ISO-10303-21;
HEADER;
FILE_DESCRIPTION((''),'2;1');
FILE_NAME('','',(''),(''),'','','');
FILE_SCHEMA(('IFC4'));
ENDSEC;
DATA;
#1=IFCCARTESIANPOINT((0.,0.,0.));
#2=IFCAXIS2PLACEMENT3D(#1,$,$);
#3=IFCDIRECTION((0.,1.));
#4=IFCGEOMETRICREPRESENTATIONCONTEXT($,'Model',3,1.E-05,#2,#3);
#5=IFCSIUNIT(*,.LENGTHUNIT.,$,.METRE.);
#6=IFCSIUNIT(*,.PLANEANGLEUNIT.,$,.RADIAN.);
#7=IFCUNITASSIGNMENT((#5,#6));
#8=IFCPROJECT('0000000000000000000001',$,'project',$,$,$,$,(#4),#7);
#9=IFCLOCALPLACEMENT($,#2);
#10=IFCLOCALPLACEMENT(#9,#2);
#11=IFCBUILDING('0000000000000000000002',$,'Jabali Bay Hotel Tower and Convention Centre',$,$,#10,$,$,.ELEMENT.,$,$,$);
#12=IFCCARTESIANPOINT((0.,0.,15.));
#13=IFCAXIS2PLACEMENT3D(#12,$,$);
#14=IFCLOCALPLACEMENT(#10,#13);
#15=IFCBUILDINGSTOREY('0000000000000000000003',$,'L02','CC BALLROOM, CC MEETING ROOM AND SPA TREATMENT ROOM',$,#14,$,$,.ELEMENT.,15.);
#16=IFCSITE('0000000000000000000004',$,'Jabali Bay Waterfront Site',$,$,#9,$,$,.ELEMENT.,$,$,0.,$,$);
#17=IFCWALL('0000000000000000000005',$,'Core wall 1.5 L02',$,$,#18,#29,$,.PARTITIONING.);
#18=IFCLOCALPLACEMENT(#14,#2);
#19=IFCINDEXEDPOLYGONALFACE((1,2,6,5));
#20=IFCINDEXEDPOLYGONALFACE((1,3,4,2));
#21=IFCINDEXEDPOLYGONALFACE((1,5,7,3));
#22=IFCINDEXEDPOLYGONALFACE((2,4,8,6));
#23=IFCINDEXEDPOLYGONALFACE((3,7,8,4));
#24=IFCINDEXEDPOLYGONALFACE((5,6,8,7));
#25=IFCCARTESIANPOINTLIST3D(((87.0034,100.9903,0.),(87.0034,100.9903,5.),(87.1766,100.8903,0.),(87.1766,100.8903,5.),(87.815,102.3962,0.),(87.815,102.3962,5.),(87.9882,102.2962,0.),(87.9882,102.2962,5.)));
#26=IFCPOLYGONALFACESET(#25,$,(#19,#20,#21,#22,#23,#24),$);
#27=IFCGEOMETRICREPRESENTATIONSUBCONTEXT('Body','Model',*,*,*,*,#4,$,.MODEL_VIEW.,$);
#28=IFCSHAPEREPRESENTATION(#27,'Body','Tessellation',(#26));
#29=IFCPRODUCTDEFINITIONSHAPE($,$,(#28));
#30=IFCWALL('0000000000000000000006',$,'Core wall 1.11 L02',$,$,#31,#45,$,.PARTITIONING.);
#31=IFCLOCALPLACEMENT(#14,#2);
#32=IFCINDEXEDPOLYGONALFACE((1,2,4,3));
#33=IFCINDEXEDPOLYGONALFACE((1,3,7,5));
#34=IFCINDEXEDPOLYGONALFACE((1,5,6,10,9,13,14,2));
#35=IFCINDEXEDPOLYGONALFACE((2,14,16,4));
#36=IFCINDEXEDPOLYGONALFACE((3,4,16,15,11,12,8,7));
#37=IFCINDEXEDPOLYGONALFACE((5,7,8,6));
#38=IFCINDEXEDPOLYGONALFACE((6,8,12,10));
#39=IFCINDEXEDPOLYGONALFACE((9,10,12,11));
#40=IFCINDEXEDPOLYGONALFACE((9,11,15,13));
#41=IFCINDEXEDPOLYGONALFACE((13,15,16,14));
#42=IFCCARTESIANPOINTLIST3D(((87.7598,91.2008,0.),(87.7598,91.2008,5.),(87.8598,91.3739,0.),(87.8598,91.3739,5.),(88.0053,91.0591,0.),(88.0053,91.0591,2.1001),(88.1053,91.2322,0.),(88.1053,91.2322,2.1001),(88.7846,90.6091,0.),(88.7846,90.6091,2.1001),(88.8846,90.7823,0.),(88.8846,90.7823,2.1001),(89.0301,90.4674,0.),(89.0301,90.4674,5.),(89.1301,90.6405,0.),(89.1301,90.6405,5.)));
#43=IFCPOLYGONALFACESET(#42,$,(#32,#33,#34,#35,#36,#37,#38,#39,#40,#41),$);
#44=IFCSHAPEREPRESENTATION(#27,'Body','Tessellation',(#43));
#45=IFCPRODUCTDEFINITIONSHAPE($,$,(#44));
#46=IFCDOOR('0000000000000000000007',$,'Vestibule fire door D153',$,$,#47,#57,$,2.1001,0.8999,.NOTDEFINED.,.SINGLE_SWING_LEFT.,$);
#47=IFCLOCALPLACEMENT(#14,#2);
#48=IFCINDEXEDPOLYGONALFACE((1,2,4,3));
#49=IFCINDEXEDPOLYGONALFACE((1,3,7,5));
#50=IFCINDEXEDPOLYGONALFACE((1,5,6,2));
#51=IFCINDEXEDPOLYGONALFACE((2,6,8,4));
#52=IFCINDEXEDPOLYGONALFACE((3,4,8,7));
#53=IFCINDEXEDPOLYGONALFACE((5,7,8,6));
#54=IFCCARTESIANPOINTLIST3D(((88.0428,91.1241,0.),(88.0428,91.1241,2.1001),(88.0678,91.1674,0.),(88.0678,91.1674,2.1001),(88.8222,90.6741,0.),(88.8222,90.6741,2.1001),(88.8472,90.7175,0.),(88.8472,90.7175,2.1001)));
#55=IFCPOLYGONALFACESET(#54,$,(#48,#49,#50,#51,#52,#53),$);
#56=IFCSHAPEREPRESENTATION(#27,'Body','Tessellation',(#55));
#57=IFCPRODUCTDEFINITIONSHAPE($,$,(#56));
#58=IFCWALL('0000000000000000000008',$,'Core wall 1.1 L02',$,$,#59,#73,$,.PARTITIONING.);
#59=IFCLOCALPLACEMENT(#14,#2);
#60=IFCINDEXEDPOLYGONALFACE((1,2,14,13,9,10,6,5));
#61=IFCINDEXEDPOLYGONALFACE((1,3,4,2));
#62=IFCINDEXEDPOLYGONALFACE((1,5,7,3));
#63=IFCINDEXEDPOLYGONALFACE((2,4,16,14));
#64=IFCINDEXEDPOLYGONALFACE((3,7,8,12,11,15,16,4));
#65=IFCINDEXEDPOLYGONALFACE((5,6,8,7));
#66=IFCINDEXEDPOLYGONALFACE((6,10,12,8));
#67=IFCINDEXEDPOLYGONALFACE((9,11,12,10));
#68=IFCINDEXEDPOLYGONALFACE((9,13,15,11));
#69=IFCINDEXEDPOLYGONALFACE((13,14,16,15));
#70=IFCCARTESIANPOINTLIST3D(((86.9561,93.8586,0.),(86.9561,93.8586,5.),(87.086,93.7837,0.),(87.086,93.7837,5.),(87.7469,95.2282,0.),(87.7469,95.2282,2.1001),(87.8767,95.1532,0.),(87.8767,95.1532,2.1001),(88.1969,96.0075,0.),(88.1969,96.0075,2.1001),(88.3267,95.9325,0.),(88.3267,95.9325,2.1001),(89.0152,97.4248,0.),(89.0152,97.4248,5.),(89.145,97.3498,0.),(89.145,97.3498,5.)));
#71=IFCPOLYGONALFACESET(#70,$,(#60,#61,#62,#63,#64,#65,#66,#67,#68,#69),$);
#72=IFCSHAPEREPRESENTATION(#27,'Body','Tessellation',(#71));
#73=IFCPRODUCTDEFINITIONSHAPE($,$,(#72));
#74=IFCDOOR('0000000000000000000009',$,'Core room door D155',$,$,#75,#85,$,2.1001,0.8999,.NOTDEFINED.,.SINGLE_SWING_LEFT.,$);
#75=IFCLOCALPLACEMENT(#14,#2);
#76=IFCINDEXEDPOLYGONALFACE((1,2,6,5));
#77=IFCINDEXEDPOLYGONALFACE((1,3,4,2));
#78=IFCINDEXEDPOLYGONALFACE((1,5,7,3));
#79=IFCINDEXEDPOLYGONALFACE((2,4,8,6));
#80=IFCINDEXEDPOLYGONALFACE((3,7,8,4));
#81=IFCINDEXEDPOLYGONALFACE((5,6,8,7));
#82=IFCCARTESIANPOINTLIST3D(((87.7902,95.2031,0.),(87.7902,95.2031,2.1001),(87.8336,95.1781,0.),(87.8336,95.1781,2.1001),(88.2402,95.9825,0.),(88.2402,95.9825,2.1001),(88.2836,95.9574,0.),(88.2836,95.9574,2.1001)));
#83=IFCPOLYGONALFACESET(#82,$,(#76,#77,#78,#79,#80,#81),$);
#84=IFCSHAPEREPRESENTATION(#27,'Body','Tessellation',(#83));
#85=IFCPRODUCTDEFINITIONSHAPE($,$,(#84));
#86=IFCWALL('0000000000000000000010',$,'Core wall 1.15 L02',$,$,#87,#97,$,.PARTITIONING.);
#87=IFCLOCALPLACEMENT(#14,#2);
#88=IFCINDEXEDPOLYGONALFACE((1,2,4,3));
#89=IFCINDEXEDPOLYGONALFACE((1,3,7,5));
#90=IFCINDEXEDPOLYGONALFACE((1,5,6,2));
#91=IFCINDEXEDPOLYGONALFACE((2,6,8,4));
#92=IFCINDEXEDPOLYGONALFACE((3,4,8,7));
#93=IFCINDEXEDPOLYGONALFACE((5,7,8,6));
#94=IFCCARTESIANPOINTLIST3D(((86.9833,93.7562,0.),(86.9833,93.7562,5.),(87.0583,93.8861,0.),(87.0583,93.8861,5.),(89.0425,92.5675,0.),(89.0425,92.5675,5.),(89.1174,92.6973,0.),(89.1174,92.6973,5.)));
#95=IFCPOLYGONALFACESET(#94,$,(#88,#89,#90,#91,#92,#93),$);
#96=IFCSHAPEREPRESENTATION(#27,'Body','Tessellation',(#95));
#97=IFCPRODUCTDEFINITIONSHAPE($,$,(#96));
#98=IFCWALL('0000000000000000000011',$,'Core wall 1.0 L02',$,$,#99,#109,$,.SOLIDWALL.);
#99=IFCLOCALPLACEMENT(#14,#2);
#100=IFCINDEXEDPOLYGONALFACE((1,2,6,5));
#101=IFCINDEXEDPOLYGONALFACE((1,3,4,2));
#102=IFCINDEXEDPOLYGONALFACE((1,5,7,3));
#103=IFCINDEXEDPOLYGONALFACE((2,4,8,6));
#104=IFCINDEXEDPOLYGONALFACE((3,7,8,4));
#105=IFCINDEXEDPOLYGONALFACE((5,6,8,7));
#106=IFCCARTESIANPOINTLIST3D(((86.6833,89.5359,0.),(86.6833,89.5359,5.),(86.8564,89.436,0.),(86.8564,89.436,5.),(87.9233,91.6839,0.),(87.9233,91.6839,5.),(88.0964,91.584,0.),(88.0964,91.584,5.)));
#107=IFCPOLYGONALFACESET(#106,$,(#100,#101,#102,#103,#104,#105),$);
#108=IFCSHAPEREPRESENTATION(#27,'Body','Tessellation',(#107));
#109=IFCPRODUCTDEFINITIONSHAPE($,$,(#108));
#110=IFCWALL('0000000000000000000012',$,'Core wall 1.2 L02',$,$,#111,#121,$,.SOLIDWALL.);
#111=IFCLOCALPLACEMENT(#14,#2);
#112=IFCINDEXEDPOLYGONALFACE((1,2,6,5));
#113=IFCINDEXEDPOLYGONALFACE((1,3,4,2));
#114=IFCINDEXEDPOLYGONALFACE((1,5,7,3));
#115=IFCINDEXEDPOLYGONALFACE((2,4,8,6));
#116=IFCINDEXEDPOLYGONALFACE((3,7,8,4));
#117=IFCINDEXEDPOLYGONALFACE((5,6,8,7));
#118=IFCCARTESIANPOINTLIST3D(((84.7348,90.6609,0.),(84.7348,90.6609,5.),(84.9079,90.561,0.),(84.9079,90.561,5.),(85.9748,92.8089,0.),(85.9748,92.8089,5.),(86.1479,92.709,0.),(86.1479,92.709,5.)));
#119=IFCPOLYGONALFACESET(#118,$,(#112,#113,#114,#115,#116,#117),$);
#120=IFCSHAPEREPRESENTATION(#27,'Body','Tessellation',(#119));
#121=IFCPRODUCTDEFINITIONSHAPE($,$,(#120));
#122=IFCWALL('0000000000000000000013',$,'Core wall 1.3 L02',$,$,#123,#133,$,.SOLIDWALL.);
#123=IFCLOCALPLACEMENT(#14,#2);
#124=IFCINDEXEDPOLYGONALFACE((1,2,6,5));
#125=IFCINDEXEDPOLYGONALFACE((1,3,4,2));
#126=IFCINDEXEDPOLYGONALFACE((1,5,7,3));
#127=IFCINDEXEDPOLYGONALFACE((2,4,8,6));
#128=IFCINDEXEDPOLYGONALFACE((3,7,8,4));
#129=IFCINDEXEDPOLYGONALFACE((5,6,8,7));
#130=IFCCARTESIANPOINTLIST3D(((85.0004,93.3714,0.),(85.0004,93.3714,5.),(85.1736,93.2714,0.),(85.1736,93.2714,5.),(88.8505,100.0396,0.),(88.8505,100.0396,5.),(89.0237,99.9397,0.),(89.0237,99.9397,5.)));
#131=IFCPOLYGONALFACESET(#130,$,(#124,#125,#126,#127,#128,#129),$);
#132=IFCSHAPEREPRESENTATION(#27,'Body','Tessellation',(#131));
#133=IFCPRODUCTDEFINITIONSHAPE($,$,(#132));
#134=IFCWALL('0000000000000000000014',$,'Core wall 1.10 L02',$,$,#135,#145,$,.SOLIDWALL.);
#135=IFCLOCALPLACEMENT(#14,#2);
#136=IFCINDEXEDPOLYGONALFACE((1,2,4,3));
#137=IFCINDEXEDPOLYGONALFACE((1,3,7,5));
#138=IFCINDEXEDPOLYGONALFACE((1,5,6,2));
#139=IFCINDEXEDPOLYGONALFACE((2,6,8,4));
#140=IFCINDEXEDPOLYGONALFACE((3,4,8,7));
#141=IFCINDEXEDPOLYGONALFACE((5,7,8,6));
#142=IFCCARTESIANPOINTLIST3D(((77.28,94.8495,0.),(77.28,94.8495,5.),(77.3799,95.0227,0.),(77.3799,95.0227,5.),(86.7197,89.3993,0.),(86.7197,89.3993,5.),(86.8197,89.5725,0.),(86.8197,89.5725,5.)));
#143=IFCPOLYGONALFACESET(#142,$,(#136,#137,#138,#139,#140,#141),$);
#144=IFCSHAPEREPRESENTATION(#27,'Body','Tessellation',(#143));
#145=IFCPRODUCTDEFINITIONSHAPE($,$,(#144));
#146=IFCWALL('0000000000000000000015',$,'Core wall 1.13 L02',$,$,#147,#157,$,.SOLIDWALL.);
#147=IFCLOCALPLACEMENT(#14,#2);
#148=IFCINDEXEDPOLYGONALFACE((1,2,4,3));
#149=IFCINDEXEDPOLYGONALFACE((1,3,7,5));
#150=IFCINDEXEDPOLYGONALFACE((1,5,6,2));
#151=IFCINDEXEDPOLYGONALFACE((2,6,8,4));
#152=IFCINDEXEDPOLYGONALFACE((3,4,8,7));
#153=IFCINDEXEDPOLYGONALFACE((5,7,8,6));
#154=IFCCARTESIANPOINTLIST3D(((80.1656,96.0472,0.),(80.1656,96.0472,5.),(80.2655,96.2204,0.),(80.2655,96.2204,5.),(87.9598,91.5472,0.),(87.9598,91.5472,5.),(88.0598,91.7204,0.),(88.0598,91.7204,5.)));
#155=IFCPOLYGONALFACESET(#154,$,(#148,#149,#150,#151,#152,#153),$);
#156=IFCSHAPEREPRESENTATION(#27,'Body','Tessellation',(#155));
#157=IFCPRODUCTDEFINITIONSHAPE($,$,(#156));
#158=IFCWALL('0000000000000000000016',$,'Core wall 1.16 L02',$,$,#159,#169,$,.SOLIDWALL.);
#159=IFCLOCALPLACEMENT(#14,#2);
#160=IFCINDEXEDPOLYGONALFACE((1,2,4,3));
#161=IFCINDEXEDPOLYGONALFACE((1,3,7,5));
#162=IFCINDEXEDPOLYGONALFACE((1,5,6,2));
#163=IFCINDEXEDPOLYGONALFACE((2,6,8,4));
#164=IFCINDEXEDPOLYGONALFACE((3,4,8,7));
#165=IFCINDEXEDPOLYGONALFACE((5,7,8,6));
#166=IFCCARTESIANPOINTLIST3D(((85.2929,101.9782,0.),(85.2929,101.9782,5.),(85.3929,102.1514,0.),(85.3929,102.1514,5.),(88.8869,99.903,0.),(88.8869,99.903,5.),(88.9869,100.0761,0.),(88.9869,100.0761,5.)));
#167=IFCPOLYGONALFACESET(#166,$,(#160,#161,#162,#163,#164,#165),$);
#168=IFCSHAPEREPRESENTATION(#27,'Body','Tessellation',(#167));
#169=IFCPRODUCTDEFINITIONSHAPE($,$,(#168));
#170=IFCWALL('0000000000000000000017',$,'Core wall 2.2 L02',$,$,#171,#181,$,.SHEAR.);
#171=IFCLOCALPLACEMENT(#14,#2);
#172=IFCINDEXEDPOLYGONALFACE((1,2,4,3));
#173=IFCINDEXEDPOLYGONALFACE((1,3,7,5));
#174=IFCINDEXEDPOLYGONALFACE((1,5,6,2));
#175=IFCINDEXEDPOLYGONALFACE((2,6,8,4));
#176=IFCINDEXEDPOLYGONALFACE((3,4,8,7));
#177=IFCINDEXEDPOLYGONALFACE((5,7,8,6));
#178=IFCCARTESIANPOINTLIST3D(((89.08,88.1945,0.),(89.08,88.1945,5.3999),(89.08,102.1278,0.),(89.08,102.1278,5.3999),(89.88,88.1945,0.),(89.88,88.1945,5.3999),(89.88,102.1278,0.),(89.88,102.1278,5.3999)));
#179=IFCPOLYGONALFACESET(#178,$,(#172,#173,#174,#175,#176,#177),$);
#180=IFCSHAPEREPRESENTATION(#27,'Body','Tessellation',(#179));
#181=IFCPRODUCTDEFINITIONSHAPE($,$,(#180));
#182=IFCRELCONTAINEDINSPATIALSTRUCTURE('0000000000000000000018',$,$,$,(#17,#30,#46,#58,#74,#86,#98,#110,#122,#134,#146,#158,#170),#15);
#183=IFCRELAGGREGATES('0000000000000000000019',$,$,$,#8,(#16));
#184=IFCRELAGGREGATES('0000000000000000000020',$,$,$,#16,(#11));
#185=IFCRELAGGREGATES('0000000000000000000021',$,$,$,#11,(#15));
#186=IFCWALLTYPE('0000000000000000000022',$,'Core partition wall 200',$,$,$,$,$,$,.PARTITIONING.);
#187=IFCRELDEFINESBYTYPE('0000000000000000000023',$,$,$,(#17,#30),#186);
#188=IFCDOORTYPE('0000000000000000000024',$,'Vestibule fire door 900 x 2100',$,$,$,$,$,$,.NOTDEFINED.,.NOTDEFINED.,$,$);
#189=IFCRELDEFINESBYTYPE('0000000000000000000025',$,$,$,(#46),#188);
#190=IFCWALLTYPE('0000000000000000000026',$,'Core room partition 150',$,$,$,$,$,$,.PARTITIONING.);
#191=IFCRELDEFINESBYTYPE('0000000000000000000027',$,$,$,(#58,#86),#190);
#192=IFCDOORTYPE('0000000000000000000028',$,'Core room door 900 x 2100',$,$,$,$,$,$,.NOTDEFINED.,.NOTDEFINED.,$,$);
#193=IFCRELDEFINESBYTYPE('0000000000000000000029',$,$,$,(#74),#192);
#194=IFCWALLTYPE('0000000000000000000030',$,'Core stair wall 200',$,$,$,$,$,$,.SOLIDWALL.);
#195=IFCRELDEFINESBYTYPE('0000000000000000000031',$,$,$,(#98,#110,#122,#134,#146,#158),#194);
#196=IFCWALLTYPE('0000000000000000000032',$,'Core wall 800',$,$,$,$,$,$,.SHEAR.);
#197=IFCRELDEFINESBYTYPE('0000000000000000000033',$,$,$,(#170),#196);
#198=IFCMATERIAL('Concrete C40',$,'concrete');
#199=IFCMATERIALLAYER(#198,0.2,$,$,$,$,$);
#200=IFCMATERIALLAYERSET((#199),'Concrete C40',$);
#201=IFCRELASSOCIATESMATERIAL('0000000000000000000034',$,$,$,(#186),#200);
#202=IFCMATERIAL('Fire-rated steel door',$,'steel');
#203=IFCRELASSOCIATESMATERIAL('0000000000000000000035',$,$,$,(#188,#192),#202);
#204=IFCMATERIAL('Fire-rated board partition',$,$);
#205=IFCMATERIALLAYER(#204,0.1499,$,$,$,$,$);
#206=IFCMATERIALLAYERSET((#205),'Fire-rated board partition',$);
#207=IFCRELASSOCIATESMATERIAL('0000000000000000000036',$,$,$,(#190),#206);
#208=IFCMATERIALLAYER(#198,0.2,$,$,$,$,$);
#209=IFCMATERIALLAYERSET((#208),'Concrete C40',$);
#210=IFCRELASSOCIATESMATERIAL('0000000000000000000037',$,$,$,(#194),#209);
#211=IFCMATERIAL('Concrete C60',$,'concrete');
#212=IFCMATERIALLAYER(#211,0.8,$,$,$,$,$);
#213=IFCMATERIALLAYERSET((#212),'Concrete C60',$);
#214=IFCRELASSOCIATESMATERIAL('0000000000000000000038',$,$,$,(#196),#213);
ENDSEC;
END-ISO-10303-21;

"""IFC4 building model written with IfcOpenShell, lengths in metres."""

from ifc_helpers import new_model, si_unit, direction, frame, frame_2d, origin, place, context, subcontext, project, spatial, rectangle, extrude, material, layer, layer_set, type_object, element, fill, save


model = new_model("IFC4")

# Units and contexts
model_context = context("Model", 3, precision=1e-05, world=origin(), true_north=direction((0.0, 1.0)))
body_context = subcontext(model_context, "Body", "Model", "MODEL_VIEW")
ifc_project = project(units=[si_unit("LENGTHUNIT", "METRE"), si_unit("PLANEANGLEUNIT", "RADIAN")], contexts=[model_context])

# Site, building, storey
site_placement = place(None, origin())
site = spatial("IfcSite", under=ifc_project, at=site_placement, Name="Jabali Bay Waterfront Site", CompositionType="ELEMENT", RefElevation=0.0)
building_placement = place(site_placement, origin())
building = spatial("IfcBuilding", under=site, at=building_placement, Name="Jabali Bay Hotel Tower and Convention Centre", CompositionType="ELEMENT")
storey_placement = place(building_placement, frame((0.0, 0.0, 15.0)))
storey = spatial("IfcBuildingStorey", under=building, at=storey_placement, Name="L02", Description="CC BALLROOM, CC MEETING ROOM AND SPA TREATMENT ROOM", CompositionType="ELEMENT", Elevation=15.0)

# Wall
ifc_material_1 = material(Name="Concrete C40", Category="concrete")
ifc_layer_1 = layer(ifc_material_1, 0.2)
ifc_layer_set_1 = layer_set([ifc_layer_1], Name="Concrete C40")
wall_type_1 = type_object("IfcWallType", Name="Core partition wall 200", PredefinedType="PARTITIONING", material=ifc_layer_set_1)
wall_1_placement = place(storey_placement, frame((87.0901, 100.9404, 0.0), z_axis=(0.0, 0.0, 1.0), x_axis=(0.499957, 0.86605, 0.0)))
element("IfcWall", 1, at=wall_1_placement, inside=storey, type_object=wall_type_1, Name="Core wall 1.5 L02", PredefinedType="PARTITIONING", context=body_context, shape_type="SweptSolid", body=[
    extrude(rectangle(XDim=1.6233, YDim=0.2, at=frame_2d((0.8115, 0.0))), origin(), (0.0, 0.0, 1.0), 5.0),
])

# Walls, openings, doors
wall_2_placement = place(storey_placement, frame((89.0801, 90.554, 0.0), z_axis=(0.0, 0.0, 1.0), x_axis=(-0.866022, 0.500006, 0.0)))
wall_2 = element("IfcWall", 2, at=wall_2_placement, inside=storey, type_object=wall_type_1, Name="Core wall 1.11 L02", PredefinedType="PARTITIONING", context=body_context, shape_type="SweptSolid", body=[
    extrude(rectangle(XDim=1.4668, YDim=0.2, at=frame_2d((0.7334, 0.0))), origin(), (0.0, 0.0, 1.0), 5.0),
])
opening_1_placement = place(wall_2_placement, frame((0.2834, 0.0, 0.0)))
opening_1 = element("IfcOpeningElement", 3, at=opening_1_placement, cuts=wall_2, PredefinedType="OPENING", context=body_context, shape_type="SweptSolid", body=[
    extrude(rectangle(XDim=0.8999, YDim=2.1001, at=frame_2d((0.45, 1.05))), frame((0.0, 0.1104, 0.0), z_axis=(0.0, -1.0, 0.0), x_axis=(1.0, 0.0, 0.0)), (0.0, 0.0, 1.0), 0.2209),
])
ifc_material_2 = material(Name="Fire-rated steel door", Category="steel")
door_type_1 = type_object("IfcDoorType", Name="Vestibule fire door 900 x 2100", OperationType="NOTDEFINED", PredefinedType="NOTDEFINED", material=ifc_material_2)
door_1_placement = place(opening_1_placement, origin())
door_1 = element("IfcDoor", 4, at=door_1_placement, inside=storey, type_object=door_type_1, Name="Vestibule fire door D153", OperationType="SINGLE_SWING_LEFT", OverallHeight=2.1001, OverallWidth=0.8999, PredefinedType="NOTDEFINED", context=body_context, shape_type="SweptSolid", body=[
    extrude(rectangle(XDim=0.8999, YDim=2.1001, at=frame_2d((0.45, 1.05))), frame((0.0, 0.0249, 0.0), z_axis=(0.0, -1.0, 0.0), x_axis=(1.0, 0.0, 0.0)), (0.0, 0.0, 1.0), 0.05),
])
fill(opening_1, door_1)
ifc_material_3 = material(Name="Fire-rated board partition")
ifc_layer_2 = layer(ifc_material_3, 0.1499)
ifc_layer_set_2 = layer_set([ifc_layer_2], Name="Fire-rated board partition")
wall_type_2 = type_object("IfcWallType", Name="Core room partition 150", PredefinedType="PARTITIONING", material=ifc_layer_set_2)
wall_3_placement = place(storey_placement, frame((87.021, 93.821, 0.0), z_axis=(0.0, 0.0, 1.0), x_axis=(0.500029, 0.866009, 0.0)))
wall_3 = element("IfcWall", 5, at=wall_3_placement, inside=storey, type_object=wall_type_2, Name="Core wall 1.1 L02", PredefinedType="PARTITIONING", context=body_context, shape_type="SweptSolid", body=[
    extrude(rectangle(XDim=4.1179, YDim=0.1499, at=frame_2d((2.0591, 0.0))), origin(), (0.0, 0.0, 1.0), 5.0),
])
opening_2_placement = place(wall_3_placement, frame((1.5815, 0.0, 0.0)))
opening_2 = element("IfcOpeningElement", 6, at=opening_2_placement, cuts=wall_3, PredefinedType="OPENING", context=body_context, shape_type="SweptSolid", body=[
    extrude(rectangle(XDim=0.8999, YDim=2.1001, at=frame_2d((0.45, 1.05))), frame((0.0, 0.0854, 0.0), z_axis=(0.0, -1.0, 0.0), x_axis=(1.0, 0.0, 0.0)), (0.0, 0.0, 1.0), 0.1709),
])
door_type_2 = type_object("IfcDoorType", Name="Core room door 900 x 2100", OperationType="NOTDEFINED", PredefinedType="NOTDEFINED", material=ifc_material_2)
door_2_placement = place(opening_2_placement, origin())
door_2 = element("IfcDoor", 7, at=door_2_placement, inside=storey, type_object=door_type_2, Name="Core room door D155", OperationType="SINGLE_SWING_LEFT", OverallHeight=2.1001, OverallWidth=0.8999, PredefinedType="NOTDEFINED", context=body_context, shape_type="SweptSolid", body=[
    extrude(rectangle(XDim=0.8999, YDim=2.1001, at=frame_2d((0.45, 1.05))), frame((0.0, 0.0249, 0.0), z_axis=(0.0, -1.0, 0.0), x_axis=(1.0, 0.0, 0.0)), (0.0, 0.0, 1.0), 0.05),
])
fill(opening_2, door_2)

# Walls
wall_4_placement = place(storey_placement, frame((89.0801, 92.6323, 0.0), z_axis=(0.0, 0.0, 1.0), x_axis=(-0.866042, 0.499971, 0.0)))
element("IfcWall", 8, at=wall_4_placement, inside=storey, type_object=wall_type_2, Name="Core wall 1.15 L02", PredefinedType="PARTITIONING", context=body_context, shape_type="SweptSolid", body=[
    extrude(rectangle(XDim=2.3777, YDim=0.1499, at=frame_2d((1.189, 0.0))), origin(), (0.0, 0.0, 1.0), 5.0),
])
ifc_layer_3 = layer(ifc_material_1, 0.2)
ifc_layer_set_3 = layer_set([ifc_layer_3], Name="Concrete C40")
wall_type_3 = type_object("IfcWallType", Name="Core stair wall 200", PredefinedType="SOLIDWALL", material=ifc_layer_set_3)
for number, where, z_axis, x_axis, name in (
    (9, (86.7698, 89.4858, 0.0), (0.0, 0.0, 1.0), (0.499961, 0.866048, 0.0), "Core wall 1.0 L02"),
    (10, (84.8213, 90.6108, 0.0), (0.0, 0.0, 1.0), (0.499961, 0.866048, 0.0), "Core wall 1.2 L02"),
):
    element("IfcWall", number, at=place(storey_placement, frame(where, z_axis=z_axis, x_axis=x_axis)), inside=storey, type_object=wall_type_3, Name=name, PredefinedType="SOLIDWALL", context=body_context, shape_type="SweptSolid", body=[
        extrude(rectangle(XDim=2.4802, YDim=0.2, at=frame_2d((1.2402, 0.0))), origin(), (0.0, 0.0, 1.0), 5.0),
    ])
wall_5_placement = place(storey_placement, frame((85.0869, 93.3213, 0.0), z_axis=(0.0, 0.0, 1.0), x_axis=(0.50002, 0.866014, 0.0)))
element("IfcWall", 11, at=wall_5_placement, inside=storey, type_object=wall_type_3, Name="Core wall 1.3 L02", PredefinedType="SOLIDWALL", context=body_context, shape_type="SweptSolid", body=[
    extrude(rectangle(XDim=7.7, YDim=0.2, at=frame_2d((3.8501, 0.0))), origin(), (0.0, 0.0, 1.0), 5.0),
])
wall_6_placement = place(storey_placement, frame((86.7698, 89.4858, 0.0), z_axis=(0.0, 0.0, 1.0), x_axis=(-0.866018, 0.500013, 0.0)))
element("IfcWall", 12, at=wall_6_placement, inside=storey, type_object=wall_type_3, Name="Core wall 1.10 L02", PredefinedType="SOLIDWALL", context=body_context, shape_type="SweptSolid", body=[
    extrude(rectangle(XDim=10.9001, YDim=0.2, at=frame_2d((5.4502, 0.0))), origin(), (0.0, 0.0, 1.0), 5.0),
])
wall_7_placement = place(storey_placement, frame((88.0098, 91.6338, 0.0), z_axis=(0.0, 0.0, 1.0), x_axis=(-0.866024, 0.500002, 0.0)))
element("IfcWall", 13, at=wall_7_placement, inside=storey, type_object=wall_type_3, Name="Core wall 1.13 L02", PredefinedType="SOLIDWALL", context=body_context, shape_type="SweptSolid", body=[
    extrude(rectangle(XDim=9.0, YDim=0.2, at=frame_2d((4.5, 0.0))), origin(), (0.0, 0.0, 1.0), 5.0),
])
wall_8_placement = place(storey_placement, frame((88.937, 99.9895, 0.0), z_axis=(0.0, 0.0, 1.0), x_axis=(-0.866004, 0.500036, 0.0)))
element("IfcWall", 14, at=wall_8_placement, inside=storey, type_object=wall_type_3, Name="Core wall 1.16 L02", PredefinedType="SOLIDWALL", context=body_context, shape_type="SweptSolid", body=[
    extrude(rectangle(XDim=4.1501, YDim=0.2, at=frame_2d((2.0752, 0.0))), origin(), (0.0, 0.0, 1.0), 5.0),
])
ifc_material_4 = material(Name="Concrete C60", Category="concrete")
ifc_layer_4 = layer(ifc_material_4, 0.8)
ifc_layer_set_4 = layer_set([ifc_layer_4], Name="Concrete C60")
wall_type_4 = type_object("IfcWallType", Name="Core wall 800", PredefinedType="SHEAR", material=ifc_layer_set_4)
wall_9_placement = place(storey_placement, frame((89.48, 88.1943, 0.0), z_axis=(0.0, 0.0, 1.0), x_axis=(0.0, 1.0, 0.0)))
element("IfcWall", 15, at=wall_9_placement, inside=storey, type_object=wall_type_4, Name="Core wall 2.2 L02", PredefinedType="SHEAR", context=body_context, shape_type="SweptSolid", body=[
    extrude(rectangle(XDim=13.9333, YDim=0.8, at=frame_2d((6.9668, 0.0))), origin(), (0.0, 0.0, 1.0), 5.3999),
])

save(model, "model.ifc")
